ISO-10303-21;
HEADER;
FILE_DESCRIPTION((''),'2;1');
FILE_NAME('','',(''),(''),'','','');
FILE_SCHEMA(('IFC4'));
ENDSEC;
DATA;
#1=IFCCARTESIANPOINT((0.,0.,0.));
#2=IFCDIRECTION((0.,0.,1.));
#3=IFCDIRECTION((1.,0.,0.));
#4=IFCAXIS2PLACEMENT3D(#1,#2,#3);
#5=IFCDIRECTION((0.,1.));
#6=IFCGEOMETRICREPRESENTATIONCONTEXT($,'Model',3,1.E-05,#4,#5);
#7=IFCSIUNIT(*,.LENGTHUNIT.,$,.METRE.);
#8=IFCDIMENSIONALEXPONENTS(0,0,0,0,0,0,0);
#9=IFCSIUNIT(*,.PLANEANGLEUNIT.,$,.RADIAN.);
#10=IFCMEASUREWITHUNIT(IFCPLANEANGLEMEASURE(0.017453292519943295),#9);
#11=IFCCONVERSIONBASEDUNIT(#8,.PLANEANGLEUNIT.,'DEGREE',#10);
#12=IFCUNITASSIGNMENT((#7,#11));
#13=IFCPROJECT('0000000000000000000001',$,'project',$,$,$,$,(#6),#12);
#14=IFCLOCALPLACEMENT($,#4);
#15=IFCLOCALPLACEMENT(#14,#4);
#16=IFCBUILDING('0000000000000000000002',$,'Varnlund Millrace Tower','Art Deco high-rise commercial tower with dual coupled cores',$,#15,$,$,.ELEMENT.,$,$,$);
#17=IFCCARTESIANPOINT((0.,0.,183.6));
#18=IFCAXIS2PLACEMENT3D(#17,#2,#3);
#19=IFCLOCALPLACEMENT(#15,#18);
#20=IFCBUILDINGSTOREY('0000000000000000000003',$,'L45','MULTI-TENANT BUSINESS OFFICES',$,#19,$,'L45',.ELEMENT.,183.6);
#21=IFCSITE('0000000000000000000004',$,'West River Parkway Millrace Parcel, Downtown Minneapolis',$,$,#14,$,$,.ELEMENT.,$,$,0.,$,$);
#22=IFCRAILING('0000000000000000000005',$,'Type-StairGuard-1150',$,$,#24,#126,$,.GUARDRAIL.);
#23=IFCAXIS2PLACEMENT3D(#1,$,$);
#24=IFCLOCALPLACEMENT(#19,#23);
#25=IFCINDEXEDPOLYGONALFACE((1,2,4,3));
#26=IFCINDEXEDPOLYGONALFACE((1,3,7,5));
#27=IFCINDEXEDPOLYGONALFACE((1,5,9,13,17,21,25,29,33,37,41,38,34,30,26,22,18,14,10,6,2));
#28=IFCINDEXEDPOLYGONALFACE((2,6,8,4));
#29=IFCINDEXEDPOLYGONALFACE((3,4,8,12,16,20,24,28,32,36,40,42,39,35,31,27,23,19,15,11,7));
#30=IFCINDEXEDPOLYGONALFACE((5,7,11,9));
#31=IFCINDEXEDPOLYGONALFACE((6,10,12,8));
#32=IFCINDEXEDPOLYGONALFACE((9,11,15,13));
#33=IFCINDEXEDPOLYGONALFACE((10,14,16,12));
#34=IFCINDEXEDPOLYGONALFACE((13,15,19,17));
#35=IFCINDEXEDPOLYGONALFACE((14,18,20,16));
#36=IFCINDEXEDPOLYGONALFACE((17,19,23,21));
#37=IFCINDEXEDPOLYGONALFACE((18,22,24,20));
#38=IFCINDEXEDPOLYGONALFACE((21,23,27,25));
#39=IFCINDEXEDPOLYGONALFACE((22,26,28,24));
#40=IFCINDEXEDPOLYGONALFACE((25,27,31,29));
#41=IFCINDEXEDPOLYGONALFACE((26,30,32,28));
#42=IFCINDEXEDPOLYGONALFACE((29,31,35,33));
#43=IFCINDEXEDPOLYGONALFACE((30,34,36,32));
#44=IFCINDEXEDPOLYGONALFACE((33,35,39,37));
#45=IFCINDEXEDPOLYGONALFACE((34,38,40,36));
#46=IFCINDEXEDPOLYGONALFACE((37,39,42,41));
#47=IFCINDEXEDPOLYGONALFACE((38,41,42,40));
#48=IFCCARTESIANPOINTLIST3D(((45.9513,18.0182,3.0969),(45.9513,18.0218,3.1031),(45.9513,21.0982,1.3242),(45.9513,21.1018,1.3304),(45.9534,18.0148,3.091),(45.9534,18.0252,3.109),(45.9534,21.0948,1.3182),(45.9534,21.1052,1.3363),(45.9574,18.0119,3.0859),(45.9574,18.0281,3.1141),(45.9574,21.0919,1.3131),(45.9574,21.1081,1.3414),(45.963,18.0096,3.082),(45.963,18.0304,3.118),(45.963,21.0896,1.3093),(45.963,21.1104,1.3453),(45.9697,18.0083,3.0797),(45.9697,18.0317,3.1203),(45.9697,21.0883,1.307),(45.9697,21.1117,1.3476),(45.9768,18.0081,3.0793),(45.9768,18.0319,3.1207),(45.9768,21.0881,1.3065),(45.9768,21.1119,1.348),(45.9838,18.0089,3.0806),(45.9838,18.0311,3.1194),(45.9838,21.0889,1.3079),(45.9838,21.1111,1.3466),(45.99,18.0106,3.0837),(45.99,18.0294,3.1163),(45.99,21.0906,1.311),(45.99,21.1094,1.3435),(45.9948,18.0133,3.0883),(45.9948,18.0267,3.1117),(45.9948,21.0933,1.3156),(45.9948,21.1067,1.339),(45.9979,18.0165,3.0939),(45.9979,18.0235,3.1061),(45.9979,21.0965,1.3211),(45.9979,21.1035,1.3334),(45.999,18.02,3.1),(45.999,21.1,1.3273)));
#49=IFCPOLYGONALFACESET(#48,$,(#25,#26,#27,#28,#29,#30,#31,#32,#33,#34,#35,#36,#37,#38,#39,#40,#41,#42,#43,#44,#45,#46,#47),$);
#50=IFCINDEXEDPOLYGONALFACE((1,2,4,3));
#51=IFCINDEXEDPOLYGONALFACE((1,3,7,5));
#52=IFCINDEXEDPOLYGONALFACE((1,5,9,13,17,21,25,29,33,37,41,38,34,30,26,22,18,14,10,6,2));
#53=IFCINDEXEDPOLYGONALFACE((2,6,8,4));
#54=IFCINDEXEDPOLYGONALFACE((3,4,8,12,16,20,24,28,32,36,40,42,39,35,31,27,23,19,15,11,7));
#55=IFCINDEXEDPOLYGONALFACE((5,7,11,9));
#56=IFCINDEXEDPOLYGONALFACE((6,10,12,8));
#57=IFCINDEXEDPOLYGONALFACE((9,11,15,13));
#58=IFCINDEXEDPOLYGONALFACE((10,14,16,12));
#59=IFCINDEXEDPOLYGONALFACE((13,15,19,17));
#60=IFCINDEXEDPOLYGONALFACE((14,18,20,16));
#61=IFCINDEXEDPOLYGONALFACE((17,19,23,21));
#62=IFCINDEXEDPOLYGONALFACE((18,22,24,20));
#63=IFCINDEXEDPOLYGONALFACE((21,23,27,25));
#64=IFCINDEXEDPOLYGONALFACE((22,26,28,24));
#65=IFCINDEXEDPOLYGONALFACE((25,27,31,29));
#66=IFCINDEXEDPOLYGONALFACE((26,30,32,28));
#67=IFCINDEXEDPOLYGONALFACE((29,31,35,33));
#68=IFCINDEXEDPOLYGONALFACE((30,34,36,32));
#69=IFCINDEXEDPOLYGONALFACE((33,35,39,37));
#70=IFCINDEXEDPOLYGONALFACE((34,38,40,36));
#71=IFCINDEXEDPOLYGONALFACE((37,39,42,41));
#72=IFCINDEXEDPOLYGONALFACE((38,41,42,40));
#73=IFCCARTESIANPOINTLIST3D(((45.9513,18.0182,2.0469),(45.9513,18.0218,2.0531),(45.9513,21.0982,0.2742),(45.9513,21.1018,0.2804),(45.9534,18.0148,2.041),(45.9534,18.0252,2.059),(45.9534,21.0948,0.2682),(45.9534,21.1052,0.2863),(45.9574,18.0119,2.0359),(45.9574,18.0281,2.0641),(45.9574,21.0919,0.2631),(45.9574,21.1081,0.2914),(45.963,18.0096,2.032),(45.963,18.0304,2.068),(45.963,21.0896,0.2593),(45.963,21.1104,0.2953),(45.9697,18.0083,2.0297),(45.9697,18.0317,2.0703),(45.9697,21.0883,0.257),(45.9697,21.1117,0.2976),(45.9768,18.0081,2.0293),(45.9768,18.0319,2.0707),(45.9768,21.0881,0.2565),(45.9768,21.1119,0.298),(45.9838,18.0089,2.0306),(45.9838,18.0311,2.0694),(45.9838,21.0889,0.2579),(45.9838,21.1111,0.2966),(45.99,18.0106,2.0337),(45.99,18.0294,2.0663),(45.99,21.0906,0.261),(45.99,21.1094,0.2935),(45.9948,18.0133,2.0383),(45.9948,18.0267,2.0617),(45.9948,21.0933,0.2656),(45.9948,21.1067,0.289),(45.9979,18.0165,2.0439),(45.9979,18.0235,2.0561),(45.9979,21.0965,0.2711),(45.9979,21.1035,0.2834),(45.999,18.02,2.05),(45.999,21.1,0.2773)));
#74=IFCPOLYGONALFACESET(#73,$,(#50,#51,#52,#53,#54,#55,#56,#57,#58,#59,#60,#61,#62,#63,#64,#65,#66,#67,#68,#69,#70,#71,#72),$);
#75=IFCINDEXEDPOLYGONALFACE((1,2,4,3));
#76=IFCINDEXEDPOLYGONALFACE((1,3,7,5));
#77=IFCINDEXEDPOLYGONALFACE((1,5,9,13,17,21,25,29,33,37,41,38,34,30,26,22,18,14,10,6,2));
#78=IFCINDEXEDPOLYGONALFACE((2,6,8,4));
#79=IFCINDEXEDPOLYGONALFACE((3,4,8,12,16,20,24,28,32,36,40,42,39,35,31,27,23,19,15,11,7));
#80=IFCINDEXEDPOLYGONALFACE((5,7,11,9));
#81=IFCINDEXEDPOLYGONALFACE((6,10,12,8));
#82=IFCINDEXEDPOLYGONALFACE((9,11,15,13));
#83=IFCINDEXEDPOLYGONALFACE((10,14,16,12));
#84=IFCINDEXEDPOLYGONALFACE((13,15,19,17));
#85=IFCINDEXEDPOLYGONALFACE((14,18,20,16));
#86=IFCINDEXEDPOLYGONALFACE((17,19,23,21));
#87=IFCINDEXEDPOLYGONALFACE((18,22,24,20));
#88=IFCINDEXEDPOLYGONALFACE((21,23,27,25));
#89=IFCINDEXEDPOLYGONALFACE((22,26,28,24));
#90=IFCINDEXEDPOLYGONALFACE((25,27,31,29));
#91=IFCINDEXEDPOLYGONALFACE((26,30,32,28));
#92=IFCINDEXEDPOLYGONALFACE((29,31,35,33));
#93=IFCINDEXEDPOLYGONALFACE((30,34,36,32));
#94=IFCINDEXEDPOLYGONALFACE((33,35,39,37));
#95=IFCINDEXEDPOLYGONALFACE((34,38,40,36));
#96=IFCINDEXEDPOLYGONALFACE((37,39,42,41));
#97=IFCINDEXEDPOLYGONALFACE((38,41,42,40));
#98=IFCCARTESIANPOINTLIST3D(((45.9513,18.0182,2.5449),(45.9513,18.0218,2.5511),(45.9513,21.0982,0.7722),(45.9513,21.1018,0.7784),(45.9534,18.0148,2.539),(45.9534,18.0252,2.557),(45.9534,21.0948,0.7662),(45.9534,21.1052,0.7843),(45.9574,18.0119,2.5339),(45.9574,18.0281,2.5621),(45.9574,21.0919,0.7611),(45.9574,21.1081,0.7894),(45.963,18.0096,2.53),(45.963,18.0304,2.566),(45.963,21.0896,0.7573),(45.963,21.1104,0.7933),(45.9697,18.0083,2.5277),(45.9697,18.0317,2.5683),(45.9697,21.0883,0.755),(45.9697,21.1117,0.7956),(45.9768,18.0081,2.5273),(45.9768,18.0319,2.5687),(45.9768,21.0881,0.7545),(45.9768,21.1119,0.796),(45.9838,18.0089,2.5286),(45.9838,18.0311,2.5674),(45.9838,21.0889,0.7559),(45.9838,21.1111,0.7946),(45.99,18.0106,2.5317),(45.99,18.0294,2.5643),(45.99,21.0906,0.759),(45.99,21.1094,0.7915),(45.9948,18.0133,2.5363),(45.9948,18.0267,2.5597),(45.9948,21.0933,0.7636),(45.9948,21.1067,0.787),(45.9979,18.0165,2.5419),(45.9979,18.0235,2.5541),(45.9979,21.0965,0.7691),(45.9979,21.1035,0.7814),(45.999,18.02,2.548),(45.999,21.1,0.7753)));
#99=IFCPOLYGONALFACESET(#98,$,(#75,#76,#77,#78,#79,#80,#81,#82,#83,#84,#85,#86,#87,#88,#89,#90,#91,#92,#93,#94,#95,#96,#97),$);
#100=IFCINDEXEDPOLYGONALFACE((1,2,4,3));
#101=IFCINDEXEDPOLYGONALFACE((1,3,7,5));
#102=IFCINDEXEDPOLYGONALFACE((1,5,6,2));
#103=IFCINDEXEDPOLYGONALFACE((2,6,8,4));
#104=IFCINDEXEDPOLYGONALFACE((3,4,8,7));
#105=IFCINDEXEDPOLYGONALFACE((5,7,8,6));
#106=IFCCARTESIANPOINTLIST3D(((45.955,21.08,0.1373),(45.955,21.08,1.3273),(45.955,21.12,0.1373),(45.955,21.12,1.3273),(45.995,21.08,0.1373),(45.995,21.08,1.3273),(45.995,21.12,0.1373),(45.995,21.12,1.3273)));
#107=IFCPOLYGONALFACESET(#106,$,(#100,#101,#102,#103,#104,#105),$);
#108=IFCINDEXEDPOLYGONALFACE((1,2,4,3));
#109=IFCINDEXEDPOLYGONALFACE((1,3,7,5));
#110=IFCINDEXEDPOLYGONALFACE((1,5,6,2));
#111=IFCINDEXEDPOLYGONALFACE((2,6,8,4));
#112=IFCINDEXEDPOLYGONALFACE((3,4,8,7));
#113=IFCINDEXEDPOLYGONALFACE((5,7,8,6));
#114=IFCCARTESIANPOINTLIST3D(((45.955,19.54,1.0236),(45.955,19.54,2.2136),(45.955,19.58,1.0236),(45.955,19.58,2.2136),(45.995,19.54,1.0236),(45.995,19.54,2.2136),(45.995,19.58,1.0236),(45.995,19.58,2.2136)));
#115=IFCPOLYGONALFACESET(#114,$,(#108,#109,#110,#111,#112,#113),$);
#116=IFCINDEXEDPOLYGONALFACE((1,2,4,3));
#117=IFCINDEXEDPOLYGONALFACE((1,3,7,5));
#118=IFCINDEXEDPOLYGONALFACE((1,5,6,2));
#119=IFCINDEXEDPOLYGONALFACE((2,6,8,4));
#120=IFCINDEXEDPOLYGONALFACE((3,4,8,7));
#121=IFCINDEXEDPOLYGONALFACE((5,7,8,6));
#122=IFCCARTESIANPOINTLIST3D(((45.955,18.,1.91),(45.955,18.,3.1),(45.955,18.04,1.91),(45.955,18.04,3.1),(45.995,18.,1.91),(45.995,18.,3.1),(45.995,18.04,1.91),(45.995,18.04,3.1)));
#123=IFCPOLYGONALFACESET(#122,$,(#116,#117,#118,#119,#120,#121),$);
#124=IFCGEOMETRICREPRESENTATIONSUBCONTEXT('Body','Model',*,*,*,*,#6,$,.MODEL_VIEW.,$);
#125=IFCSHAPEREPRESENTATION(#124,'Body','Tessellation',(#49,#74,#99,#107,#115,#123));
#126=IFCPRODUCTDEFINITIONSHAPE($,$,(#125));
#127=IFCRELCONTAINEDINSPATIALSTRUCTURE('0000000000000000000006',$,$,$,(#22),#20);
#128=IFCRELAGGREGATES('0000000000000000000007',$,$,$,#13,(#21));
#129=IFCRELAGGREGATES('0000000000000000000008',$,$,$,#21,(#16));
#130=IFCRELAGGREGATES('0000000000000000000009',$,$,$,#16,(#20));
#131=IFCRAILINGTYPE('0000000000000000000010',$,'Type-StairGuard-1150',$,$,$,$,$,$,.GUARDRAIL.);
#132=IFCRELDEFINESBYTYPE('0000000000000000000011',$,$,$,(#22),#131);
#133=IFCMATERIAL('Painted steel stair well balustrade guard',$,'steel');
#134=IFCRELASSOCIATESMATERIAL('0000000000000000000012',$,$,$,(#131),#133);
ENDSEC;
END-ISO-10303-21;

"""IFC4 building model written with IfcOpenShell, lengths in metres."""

from ifc_helpers import new_model, entity, si_unit, converted_unit, direction, frame, origin_with_axes, origin_2d_with_axis, place, context, subcontext, project, spatial, rectangle, circle, extrude, material, type_object, element, save


model = new_model("IFC4")

# Units and contexts
model_context = context("Model", 3, precision=1e-05, world=origin_with_axes(), true_north=direction((0.0, 1.0)))
body_context = subcontext(model_context, "Body", "Model", "MODEL_VIEW")
ifc_project = project(units=[si_unit("LENGTHUNIT", "METRE"), converted_unit("PLANEANGLEUNIT", "DEGREE", entity("IfcPlaneAngleMeasure", 0.017453292519943295), si_unit("PLANEANGLEUNIT", "RADIAN"), dimensions=[0, 0, 0, 0, 0, 0, 0])], contexts=[model_context])

# Site, building, storey
site_placement = place(None, origin_with_axes())
site = spatial("IfcSite", under=ifc_project, at=site_placement, Name="West River Parkway Millrace Parcel, Downtown Minneapolis", CompositionType="ELEMENT", RefElevation=0.0)
building_placement = place(site_placement, origin_with_axes())
building = spatial("IfcBuilding", under=site, at=building_placement, Name="Varnlund Millrace Tower", Description="Art Deco high-rise commercial tower with dual coupled cores", CompositionType="ELEMENT")
storey_placement = place(building_placement, frame((0.0, 0.0, 183.6), z_axis=(0.0, 0.0, 1.0), x_axis=(1.0, 0.0, 0.0)))
storey = spatial("IfcBuildingStorey", under=building, at=storey_placement, Name="L45", Description="MULTI-TENANT BUSINESS OFFICES", LongName="L45", CompositionType="ELEMENT", Elevation=183.6)

# Railing
ifc_material_1 = material(Name="Painted steel stair well balustrade guard", Category="steel")
railing_type_1 = type_object("IfcRailingType", Name="Type-StairGuard-1150", PredefinedType="GUARDRAIL", material=ifc_material_1)
railing_1_placement = place(storey_placement, frame((0.0, 0.0, -183.6), z_axis=(0.0, 0.0, 1.0), x_axis=(1.0, 0.0, 0.0)))
element("IfcRailing", 1, at=railing_1_placement, inside=storey, type_object=railing_type_1, Name="Type-StairGuard-1150", PredefinedType="GUARDRAIL", context=body_context, shape_type="SweptSolid", body=[
    extrude(circle(Radius=0.024, at=origin_2d_with_axis()), frame((45.975, 21.1, 184.9273), z_axis=(0.0, -0.866696, 0.498836), x_axis=(1.0, 0.0, 0.0)), (0.0, 0.0, 1.0), 3.5537),
    extrude(circle(Radius=0.024, at=origin_2d_with_axis()), frame((45.975, 21.1, 183.8773), z_axis=(0.0, -0.866696, 0.498836), x_axis=(1.0, 0.0, 0.0)), (0.0, 0.0, 1.0), 3.5537),
    extrude(circle(Radius=0.024, at=origin_2d_with_axis()), frame((45.975, 21.1, 184.3753), z_axis=(0.0, -0.866696, 0.498836), x_axis=(1.0, 0.0, 0.0)), (0.0, 0.0, 1.0), 3.5537),
    extrude(rectangle(XDim=0.04, YDim=0.04, at=origin_2d_with_axis()), frame((45.975, 21.1, 183.7373), z_axis=(0.0, 0.0, 1.0), x_axis=(1.0, 0.0, 0.0)), (0.0, 0.0, 1.0), 1.19),
    extrude(rectangle(XDim=0.04, YDim=0.04, at=origin_2d_with_axis()), frame((45.975, 19.56, 184.6236), z_axis=(0.0, 0.0, 1.0), x_axis=(1.0, 0.0, 0.0)), (0.0, 0.0, 1.0), 1.19),
    extrude(rectangle(XDim=0.04, YDim=0.04, at=origin_2d_with_axis()), frame((45.975, 18.02, 185.51), z_axis=(0.0, 0.0, 1.0), x_axis=(1.0, 0.0, 0.0)), (0.0, 0.0, 1.0), 1.19),
])

save(model, "model.ifc")
